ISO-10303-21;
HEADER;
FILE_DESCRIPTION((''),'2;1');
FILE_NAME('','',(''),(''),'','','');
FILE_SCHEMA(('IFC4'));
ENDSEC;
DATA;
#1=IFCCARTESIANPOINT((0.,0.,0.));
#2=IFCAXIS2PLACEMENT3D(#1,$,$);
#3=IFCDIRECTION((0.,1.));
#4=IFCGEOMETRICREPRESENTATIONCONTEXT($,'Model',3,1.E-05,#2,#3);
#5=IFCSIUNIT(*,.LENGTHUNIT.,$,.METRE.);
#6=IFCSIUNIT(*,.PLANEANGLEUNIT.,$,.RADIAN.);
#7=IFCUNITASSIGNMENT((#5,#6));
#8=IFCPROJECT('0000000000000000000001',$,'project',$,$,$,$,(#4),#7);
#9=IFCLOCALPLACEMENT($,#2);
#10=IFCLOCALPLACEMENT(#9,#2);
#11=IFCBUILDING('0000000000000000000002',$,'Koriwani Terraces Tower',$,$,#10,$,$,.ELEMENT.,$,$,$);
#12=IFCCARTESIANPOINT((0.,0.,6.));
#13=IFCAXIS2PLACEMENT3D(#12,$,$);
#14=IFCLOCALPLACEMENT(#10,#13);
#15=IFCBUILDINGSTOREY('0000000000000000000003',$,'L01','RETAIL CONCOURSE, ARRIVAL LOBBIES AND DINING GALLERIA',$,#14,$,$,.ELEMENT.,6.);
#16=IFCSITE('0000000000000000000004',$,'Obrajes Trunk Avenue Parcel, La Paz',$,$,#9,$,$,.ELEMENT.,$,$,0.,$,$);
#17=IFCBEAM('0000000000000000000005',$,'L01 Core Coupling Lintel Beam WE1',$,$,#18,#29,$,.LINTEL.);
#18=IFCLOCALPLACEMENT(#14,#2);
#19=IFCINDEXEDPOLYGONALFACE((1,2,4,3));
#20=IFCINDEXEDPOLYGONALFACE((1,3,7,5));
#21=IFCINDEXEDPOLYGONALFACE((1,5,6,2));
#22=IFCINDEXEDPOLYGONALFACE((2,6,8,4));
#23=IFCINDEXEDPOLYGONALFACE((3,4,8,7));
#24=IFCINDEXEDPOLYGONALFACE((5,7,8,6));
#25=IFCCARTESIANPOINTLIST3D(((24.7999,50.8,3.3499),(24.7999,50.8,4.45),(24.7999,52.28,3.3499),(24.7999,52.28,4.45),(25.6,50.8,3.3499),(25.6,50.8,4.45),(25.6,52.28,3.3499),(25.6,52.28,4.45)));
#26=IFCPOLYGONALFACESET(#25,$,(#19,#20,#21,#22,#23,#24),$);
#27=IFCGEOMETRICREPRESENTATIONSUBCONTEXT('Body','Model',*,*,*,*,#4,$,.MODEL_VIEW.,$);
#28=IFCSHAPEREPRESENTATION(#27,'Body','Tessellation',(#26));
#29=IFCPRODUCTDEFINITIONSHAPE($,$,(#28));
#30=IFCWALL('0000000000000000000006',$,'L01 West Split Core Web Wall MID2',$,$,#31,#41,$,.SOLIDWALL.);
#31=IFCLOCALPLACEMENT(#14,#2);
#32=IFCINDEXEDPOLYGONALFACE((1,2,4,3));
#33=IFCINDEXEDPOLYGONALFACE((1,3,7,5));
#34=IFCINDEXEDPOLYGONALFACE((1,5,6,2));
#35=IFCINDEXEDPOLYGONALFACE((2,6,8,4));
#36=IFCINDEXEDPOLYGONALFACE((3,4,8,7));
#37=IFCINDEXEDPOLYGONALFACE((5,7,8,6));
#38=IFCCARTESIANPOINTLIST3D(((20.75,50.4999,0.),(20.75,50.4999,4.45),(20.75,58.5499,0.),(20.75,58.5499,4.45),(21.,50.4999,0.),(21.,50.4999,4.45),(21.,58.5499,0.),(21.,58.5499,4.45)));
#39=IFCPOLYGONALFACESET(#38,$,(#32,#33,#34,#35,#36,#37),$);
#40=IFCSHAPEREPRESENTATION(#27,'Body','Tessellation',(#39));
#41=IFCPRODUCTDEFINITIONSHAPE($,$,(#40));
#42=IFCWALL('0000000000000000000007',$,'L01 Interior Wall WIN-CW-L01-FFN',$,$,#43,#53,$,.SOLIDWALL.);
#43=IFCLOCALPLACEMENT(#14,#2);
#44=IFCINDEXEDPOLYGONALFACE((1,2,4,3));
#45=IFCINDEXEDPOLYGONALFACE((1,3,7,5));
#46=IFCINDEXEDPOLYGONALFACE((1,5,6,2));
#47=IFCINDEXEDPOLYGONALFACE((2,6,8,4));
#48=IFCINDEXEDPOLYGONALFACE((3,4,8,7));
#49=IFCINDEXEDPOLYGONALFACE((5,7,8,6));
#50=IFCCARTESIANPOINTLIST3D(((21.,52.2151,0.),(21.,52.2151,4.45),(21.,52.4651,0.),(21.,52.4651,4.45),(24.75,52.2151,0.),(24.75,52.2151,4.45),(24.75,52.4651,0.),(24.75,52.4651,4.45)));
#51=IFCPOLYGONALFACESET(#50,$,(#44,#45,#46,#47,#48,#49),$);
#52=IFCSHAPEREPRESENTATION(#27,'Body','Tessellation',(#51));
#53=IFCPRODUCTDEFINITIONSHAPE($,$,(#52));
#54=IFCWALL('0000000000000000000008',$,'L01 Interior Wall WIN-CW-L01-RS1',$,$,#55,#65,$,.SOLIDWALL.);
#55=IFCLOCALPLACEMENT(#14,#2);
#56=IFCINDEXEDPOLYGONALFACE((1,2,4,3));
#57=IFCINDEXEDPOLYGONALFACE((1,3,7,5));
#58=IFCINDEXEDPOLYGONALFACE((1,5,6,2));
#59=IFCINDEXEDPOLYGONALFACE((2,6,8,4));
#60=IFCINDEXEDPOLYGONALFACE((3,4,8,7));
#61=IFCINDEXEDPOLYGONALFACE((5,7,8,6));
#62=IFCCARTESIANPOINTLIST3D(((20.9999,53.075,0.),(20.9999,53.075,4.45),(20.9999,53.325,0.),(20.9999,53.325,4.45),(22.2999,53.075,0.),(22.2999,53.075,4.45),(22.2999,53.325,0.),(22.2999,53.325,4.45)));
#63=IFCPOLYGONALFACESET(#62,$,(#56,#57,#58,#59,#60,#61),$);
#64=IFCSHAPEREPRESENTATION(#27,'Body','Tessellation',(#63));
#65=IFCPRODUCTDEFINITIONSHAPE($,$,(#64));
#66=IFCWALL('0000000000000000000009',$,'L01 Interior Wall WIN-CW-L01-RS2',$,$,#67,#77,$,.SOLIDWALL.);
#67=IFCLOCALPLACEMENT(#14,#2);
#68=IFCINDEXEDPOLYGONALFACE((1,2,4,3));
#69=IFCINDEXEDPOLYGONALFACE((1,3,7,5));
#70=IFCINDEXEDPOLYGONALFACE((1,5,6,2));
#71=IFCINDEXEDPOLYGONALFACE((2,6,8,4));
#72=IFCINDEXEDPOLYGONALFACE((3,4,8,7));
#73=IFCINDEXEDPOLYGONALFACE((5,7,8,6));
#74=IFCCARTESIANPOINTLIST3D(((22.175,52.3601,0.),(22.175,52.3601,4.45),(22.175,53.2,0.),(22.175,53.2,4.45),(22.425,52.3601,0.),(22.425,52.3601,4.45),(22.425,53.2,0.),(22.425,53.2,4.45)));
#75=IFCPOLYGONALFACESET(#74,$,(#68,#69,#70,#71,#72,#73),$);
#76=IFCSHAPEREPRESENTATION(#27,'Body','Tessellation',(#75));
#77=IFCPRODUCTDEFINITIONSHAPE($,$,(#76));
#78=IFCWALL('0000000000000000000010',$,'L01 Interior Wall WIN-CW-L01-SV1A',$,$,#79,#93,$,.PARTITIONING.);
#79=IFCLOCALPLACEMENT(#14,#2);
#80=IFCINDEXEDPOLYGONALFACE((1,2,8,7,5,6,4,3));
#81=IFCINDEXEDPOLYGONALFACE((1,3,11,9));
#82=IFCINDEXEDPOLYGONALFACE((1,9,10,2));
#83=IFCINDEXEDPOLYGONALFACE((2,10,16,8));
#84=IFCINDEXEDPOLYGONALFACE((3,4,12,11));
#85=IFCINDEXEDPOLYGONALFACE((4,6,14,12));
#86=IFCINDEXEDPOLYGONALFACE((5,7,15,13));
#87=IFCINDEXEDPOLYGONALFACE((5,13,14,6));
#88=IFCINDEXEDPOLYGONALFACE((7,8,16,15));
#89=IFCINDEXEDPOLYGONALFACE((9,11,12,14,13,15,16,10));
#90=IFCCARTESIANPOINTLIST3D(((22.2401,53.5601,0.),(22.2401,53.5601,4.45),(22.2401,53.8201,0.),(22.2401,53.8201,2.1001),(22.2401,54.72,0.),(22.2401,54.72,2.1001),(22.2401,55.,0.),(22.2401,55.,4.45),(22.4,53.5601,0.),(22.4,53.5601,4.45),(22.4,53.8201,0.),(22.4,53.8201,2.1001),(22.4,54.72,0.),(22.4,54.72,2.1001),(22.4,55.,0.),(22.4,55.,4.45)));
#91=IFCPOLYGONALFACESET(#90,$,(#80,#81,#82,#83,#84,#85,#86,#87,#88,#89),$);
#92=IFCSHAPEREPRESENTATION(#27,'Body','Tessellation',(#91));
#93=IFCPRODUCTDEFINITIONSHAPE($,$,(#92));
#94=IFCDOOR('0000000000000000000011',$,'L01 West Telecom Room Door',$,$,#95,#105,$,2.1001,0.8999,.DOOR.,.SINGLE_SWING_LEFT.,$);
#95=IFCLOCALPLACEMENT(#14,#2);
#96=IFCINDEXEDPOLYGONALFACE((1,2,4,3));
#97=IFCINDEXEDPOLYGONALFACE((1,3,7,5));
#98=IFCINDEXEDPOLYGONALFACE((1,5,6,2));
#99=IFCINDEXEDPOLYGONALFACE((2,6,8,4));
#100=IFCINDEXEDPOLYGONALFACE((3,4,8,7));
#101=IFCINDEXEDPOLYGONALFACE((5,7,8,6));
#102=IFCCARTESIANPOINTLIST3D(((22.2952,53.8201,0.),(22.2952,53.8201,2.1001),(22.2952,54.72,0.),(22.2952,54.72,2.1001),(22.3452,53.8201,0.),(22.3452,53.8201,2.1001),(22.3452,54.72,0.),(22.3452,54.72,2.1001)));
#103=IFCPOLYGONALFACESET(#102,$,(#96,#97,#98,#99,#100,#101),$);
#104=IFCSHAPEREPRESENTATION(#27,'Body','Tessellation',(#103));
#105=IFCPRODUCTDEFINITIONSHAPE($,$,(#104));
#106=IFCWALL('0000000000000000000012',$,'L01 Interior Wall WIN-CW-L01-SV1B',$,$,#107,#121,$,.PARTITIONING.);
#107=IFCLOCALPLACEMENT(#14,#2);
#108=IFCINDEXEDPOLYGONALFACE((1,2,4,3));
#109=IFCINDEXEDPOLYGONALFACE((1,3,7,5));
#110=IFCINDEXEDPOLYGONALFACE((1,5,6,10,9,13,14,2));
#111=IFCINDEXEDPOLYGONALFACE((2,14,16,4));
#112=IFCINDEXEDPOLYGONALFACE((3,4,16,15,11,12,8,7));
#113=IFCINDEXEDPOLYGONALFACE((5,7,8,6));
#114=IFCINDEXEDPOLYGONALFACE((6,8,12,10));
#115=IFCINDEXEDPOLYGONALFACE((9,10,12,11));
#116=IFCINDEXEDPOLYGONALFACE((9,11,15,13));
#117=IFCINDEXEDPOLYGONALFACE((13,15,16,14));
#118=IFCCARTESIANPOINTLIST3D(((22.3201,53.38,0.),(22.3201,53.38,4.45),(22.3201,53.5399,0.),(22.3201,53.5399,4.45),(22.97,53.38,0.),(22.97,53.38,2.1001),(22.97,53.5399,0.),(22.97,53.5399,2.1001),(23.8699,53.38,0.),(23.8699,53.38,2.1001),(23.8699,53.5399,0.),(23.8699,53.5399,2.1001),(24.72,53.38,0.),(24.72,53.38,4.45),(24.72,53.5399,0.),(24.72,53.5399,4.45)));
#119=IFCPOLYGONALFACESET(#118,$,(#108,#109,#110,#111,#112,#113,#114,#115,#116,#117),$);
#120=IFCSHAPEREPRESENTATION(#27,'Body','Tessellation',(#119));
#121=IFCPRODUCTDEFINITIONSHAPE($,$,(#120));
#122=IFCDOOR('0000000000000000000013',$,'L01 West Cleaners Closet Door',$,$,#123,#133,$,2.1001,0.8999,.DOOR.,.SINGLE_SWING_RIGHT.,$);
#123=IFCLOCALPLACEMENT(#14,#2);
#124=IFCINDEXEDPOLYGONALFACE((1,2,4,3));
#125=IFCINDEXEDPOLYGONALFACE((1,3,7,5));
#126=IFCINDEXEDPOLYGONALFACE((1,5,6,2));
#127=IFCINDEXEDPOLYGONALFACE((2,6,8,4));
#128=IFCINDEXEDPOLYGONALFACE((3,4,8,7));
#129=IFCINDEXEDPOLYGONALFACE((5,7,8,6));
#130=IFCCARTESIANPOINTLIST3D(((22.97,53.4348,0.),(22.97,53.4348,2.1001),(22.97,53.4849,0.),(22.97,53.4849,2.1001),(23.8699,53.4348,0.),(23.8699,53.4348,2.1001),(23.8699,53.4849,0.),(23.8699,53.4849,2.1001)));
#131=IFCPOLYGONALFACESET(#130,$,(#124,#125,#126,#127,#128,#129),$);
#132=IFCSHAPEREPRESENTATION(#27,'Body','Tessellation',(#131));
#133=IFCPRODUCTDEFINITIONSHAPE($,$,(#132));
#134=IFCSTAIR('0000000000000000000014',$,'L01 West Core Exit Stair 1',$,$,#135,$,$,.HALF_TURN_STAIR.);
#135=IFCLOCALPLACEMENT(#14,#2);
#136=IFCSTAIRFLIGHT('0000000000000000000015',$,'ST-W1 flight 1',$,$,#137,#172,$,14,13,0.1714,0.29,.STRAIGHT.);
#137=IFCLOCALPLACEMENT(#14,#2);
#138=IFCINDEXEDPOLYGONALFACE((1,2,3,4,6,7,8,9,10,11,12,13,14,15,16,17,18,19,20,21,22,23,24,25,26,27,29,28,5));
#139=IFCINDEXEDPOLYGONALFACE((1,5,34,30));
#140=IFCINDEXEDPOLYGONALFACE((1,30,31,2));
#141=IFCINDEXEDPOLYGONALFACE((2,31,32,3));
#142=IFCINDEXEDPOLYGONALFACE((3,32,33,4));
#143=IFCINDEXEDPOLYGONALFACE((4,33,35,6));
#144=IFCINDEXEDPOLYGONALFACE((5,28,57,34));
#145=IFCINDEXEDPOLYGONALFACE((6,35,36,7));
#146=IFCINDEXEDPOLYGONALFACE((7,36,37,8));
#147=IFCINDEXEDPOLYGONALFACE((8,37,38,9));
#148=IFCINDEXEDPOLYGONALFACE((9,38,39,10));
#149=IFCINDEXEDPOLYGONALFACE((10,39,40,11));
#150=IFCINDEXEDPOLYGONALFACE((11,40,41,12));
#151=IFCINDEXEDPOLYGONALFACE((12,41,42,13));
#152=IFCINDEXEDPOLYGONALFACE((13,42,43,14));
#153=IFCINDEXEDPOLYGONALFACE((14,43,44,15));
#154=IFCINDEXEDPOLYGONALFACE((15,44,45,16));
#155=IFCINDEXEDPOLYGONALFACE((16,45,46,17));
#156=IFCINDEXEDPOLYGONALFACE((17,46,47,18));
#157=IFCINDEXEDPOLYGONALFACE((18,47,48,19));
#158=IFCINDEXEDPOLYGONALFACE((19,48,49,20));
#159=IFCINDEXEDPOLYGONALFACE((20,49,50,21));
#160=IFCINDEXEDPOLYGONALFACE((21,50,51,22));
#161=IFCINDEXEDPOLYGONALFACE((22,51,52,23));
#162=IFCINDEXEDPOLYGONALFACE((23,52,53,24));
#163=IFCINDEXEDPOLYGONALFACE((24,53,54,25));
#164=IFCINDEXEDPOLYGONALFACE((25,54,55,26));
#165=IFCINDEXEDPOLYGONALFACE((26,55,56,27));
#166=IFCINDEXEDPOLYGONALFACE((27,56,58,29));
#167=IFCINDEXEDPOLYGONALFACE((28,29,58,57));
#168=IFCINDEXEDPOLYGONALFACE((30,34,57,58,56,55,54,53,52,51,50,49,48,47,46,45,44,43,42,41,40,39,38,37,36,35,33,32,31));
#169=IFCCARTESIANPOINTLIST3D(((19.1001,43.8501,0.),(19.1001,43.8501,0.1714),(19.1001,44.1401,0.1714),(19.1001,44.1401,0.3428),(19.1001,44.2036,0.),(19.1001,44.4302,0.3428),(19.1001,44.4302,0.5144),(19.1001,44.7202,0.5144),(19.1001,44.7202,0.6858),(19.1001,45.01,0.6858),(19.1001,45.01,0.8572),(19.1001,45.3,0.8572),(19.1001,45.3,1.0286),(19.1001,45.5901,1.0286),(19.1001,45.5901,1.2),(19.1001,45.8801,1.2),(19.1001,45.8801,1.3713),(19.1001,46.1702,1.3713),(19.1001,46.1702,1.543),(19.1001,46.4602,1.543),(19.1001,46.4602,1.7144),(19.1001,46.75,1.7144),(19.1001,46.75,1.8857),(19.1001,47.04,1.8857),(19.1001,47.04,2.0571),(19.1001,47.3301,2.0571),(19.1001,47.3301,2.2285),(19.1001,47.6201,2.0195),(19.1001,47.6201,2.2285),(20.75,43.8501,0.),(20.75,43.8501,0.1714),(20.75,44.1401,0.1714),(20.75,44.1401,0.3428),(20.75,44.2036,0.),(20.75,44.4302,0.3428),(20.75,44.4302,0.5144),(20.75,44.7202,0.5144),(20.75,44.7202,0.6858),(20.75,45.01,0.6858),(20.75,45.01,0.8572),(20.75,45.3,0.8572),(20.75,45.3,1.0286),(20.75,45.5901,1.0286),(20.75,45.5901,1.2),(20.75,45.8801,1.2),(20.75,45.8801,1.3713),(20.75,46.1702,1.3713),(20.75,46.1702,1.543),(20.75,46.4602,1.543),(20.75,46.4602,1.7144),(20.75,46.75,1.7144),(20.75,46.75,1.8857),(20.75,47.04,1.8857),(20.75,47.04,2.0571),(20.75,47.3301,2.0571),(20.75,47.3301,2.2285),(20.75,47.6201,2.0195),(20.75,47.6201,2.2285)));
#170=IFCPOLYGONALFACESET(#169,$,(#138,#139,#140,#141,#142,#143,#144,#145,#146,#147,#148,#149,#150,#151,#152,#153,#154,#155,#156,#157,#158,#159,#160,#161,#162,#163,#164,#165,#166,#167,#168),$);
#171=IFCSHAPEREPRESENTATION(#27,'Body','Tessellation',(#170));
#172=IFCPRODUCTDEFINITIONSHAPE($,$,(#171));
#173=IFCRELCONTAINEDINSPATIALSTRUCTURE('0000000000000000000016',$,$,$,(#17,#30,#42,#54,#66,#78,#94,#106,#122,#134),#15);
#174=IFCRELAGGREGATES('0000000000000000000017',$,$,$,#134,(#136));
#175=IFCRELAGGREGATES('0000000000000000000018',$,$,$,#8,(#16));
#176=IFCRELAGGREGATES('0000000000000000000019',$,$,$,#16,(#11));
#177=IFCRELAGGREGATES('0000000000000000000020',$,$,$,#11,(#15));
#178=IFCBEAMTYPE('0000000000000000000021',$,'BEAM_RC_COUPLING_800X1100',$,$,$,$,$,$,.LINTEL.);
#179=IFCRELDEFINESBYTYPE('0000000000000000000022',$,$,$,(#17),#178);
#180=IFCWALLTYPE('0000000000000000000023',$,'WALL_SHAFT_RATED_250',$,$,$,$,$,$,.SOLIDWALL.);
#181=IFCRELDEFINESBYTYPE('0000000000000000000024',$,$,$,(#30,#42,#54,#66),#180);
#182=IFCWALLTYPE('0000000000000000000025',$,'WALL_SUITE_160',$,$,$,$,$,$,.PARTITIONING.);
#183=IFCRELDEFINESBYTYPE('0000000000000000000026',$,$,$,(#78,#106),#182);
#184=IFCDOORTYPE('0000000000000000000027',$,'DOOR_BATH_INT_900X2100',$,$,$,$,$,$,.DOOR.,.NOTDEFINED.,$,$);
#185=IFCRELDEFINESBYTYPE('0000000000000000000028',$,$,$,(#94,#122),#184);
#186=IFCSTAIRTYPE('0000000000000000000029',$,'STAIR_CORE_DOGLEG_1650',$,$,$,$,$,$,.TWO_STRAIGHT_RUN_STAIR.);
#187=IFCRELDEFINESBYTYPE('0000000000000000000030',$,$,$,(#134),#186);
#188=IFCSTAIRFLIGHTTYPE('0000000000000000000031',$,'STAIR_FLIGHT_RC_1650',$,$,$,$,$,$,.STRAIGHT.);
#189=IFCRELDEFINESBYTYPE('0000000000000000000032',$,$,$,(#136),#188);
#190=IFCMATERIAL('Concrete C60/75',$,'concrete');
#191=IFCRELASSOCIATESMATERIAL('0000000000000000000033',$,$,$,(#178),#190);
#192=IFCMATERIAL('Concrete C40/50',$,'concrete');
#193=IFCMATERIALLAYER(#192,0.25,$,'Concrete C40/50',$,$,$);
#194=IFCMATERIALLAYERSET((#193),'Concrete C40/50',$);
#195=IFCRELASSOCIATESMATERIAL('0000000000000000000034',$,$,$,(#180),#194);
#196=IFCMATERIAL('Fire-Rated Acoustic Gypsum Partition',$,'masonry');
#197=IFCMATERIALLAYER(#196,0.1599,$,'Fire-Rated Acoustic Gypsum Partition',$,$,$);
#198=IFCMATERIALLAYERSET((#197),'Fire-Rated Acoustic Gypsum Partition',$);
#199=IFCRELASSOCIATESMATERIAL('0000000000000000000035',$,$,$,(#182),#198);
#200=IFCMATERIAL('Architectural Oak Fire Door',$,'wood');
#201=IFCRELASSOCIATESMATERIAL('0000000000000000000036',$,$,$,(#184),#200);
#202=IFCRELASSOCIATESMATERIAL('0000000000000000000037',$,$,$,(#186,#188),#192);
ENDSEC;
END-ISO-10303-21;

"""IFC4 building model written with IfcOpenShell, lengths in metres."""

from ifc_helpers import new_model, si_unit, direction, frame, frame_2d, origin, origin_2d, place, context, subcontext, project, spatial, polyline, rectangle, outline, extrude, material, layer, layer_set, material_profile, profile_set, type_object, element, fill, aggregate, save


model = new_model("IFC4")

# Units and contexts
model_context = context("Model", 3, precision=1e-05, world=origin(), true_north=direction((0.0, 1.0)))
body_context = subcontext(model_context, "Body", "Model", "MODEL_VIEW")
ifc_project = project(units=[si_unit("LENGTHUNIT", "METRE"), si_unit("PLANEANGLEUNIT", "RADIAN")], contexts=[model_context])

# Site, building, storey
site_placement = place(None, origin())
site = spatial("IfcSite", under=ifc_project, at=site_placement, Name="Obrajes Trunk Avenue Parcel, La Paz", CompositionType="ELEMENT", RefElevation=0.0)
building_placement = place(site_placement, origin())
building = spatial("IfcBuilding", under=site, at=building_placement, Name="Koriwani Terraces Tower", CompositionType="ELEMENT")
storey_placement = place(building_placement, frame((0.0, 0.0, 6.0)))
storey = spatial("IfcBuildingStorey", under=building, at=storey_placement, Name="L01", Description="RETAIL CONCOURSE, ARRIVAL LOBBIES AND DINING GALLERIA", CompositionType="ELEMENT", Elevation=6.0)

# Beam
ifc_material_1 = material(Name="Concrete C60/75", Category="concrete")
ifc_material_profile = material_profile(ifc_material_1, rectangle(XDim=0.8, YDim=1.1001, at=origin_2d()), Name="Concrete C60/75", Category="LoadBearing")
ifc_profile_set = profile_set([ifc_material_profile], Name="Concrete C60/75")
beam_type = type_object("IfcBeamType", Name="BEAM_RC_COUPLING_800X1100", PredefinedType="LINTEL", material=ifc_profile_set)
beam_placement = place(storey_placement, frame((25.2, 50.8, 3.8999), z_axis=(0.0, 1.0, 0.0), x_axis=(-1.0, 0.0, 0.0)))
element("IfcBeam", 1, at=beam_placement, inside=storey, type_object=beam_type, Name="L01 Core Coupling Lintel Beam WE1", PredefinedType="LINTEL", context=body_context, shape_type="SweptSolid", body=[
    extrude(rectangle(XDim=0.8, YDim=1.1001, at=origin_2d()), origin(), (0.0, 0.0, 1.0), 1.48),
])

# Wall
ifc_material_2 = material(Name="Concrete C40/50", Category="concrete")
ifc_layer_1 = layer(ifc_material_2, 0.25, Name="Concrete C40/50")
ifc_layer_set_1 = layer_set([ifc_layer_1], Name="Concrete C40/50")
wall_type_1 = type_object("IfcWallType", Name="WALL_SHAFT_RATED_250", PredefinedType="SOLIDWALL", material=ifc_layer_set_1)
wall_1_placement = place(storey_placement, frame((20.875, 50.5, 0.0), z_axis=(0.0, 0.0, 1.0), x_axis=(0.0, 1.0, 0.0)))
element("IfcWall", 2, at=wall_1_placement, inside=storey, type_object=wall_type_1, Name="L01 West Split Core Web Wall MID2", PredefinedType="SOLIDWALL", context=body_context, shape_type="SweptSolid", body=[
    extrude(rectangle(XDim=8.05, YDim=0.25, at=frame_2d((4.0249, 0.0))), origin(), (0.0, 0.0, 1.0), 4.45),
])

# Wall
wall_2_placement = place(storey_placement, frame((21.0, 52.3401, 0.0), z_axis=(0.0, 0.0, 1.0), x_axis=(1.0, 0.0, 0.0)))
element("IfcWall", 3, at=wall_2_placement, inside=storey, type_object=wall_type_1, Name="L01 Interior Wall WIN-CW-L01-FFN", PredefinedType="SOLIDWALL", context=body_context, shape_type="SweptSolid", body=[
    extrude(rectangle(XDim=3.75, YDim=0.25, at=frame_2d((1.875, 0.0))), origin(), (0.0, 0.0, 1.0), 4.45),
])

# Walls
wall_3_placement = place(storey_placement, frame((21.0, 53.2, 0.0), z_axis=(0.0, 0.0, 1.0), x_axis=(1.0, 0.0, 0.0)))
element("IfcWall", 4, at=wall_3_placement, inside=storey, type_object=wall_type_1, Name="L01 Interior Wall WIN-CW-L01-RS1", PredefinedType="SOLIDWALL", context=body_context, shape_type="SweptSolid", body=[
    extrude(rectangle(XDim=1.3, YDim=0.25, at=frame_2d((0.6499, 0.0))), origin(), (0.0, 0.0, 1.0), 4.45),
])
wall_4_placement = place(storey_placement, frame((22.3, 52.3601, 0.0), z_axis=(0.0, 0.0, 1.0), x_axis=(0.0, 1.0, 0.0)))
element("IfcWall", 5, at=wall_4_placement, inside=storey, type_object=wall_type_1, Name="L01 Interior Wall WIN-CW-L01-RS2", PredefinedType="SOLIDWALL", context=body_context, shape_type="SweptSolid", body=[
    extrude(rectangle(XDim=0.8398, YDim=0.25, at=frame_2d((0.4199, 0.0))), origin(), (0.0, 0.0, 1.0), 4.45),
])

# Walls, openings, doors
ifc_material_3 = material(Name="Fire-Rated Acoustic Gypsum Partition", Category="masonry")
ifc_layer_2 = layer(ifc_material_3, 0.1599, Name="Fire-Rated Acoustic Gypsum Partition")
ifc_layer_set_2 = layer_set([ifc_layer_2], Name="Fire-Rated Acoustic Gypsum Partition")
wall_type_2 = type_object("IfcWallType", Name="WALL_SUITE_160", PredefinedType="PARTITIONING", material=ifc_layer_set_2)
wall_5_placement = place(storey_placement, frame((22.3201, 53.5601, 0.0), z_axis=(0.0, 0.0, 1.0), x_axis=(0.0, 1.0, 0.0)))
wall_5 = element("IfcWall", 6, at=wall_5_placement, inside=storey, type_object=wall_type_2, Name="L01 Interior Wall WIN-CW-L01-SV1A", PredefinedType="PARTITIONING", context=body_context, shape_type="SweptSolid", body=[
    extrude(rectangle(XDim=1.4399, YDim=0.1599, at=frame_2d((0.72, 0.0))), origin(), (0.0, 0.0, 1.0), 4.45),
])
opening_1_placement = place(wall_5_placement, frame((0.26, 0.0, 0.0)))
opening_1 = element("IfcOpeningElement", 7, at=opening_1_placement, cuts=wall_5, PredefinedType="OPENING", context=body_context, shape_type="SweptSolid", body=[
    extrude(rectangle(XDim=0.8999, YDim=2.1001, at=frame_2d((0.45, 1.05))), frame((0.0, 0.0898, 0.0), z_axis=(0.0, -1.0, 0.0), x_axis=(1.0, 0.0, 0.0)), (0.0, 0.0, 1.0), 0.1799),
])
ifc_material_4 = material(Name="Architectural Oak Fire Door", Category="wood")
door_type_1 = type_object("IfcDoorType", Name="DOOR_BATH_INT_900X2100", OperationType="NOTDEFINED", PredefinedType="DOOR", material=ifc_material_4)
door_1_placement = place(opening_1_placement, origin())
door_1 = element("IfcDoor", 8, at=door_1_placement, inside=storey, type_object=door_type_1, Name="L01 West Telecom Room Door", OperationType="SINGLE_SWING_LEFT", OverallHeight=2.1001, OverallWidth=0.8999, PredefinedType="DOOR", context=body_context, shape_type="SweptSolid", body=[
    extrude(rectangle(XDim=0.8999, YDim=2.1001, at=frame_2d((0.45, 1.05))), frame((0.0, 0.0249, 0.0), z_axis=(0.0, -1.0, 0.0), x_axis=(1.0, 0.0, 0.0)), (0.0, 0.0, 1.0), 0.05),
])
fill(opening_1, door_1)
wall_6_placement = place(storey_placement, frame((22.3201, 53.46, 0.0), z_axis=(0.0, 0.0, 1.0), x_axis=(1.0, 0.0, 0.0)))
wall_6 = element("IfcWall", 9, at=wall_6_placement, inside=storey, type_object=wall_type_2, Name="L01 Interior Wall WIN-CW-L01-SV1B", PredefinedType="PARTITIONING", context=body_context, shape_type="SweptSolid", body=[
    extrude(rectangle(XDim=2.3999, YDim=0.1599, at=frame_2d((1.2, 0.0))), origin(), (0.0, 0.0, 1.0), 4.45),
])
opening_2_placement = place(wall_6_placement, frame((0.6499, 0.0, 0.0)))
opening_2 = element("IfcOpeningElement", 10, at=opening_2_placement, cuts=wall_6, PredefinedType="OPENING", context=body_context, shape_type="SweptSolid", body=[
    extrude(rectangle(XDim=0.8999, YDim=2.1001, at=frame_2d((0.45, 1.05))), frame((0.0, 0.0898, 0.0), z_axis=(0.0, -1.0, 0.0), x_axis=(1.0, 0.0, 0.0)), (0.0, 0.0, 1.0), 0.1799),
])
door_2_placement = place(opening_2_placement, origin())
door_2 = element("IfcDoor", 11, at=door_2_placement, inside=storey, type_object=door_type_1, Name="L01 West Cleaners Closet Door", OperationType="SINGLE_SWING_RIGHT", OverallHeight=2.1001, OverallWidth=0.8999, PredefinedType="DOOR", context=body_context, shape_type="SweptSolid", body=[
    extrude(rectangle(XDim=0.8999, YDim=2.1001, at=frame_2d((0.45, 1.05))), frame((0.0, 0.0249, 0.0), z_axis=(0.0, -1.0, 0.0), x_axis=(1.0, 0.0, 0.0)), (0.0, 0.0, 1.0), 0.05),
])
fill(opening_2, door_2)

# Stair, stair flight
stair_type = type_object("IfcStairType", Name="STAIR_CORE_DOGLEG_1650", PredefinedType="TWO_STRAIGHT_RUN_STAIR", material=ifc_material_2)
stair_1_placement = place(storey_placement, origin())
stair_1 = element("IfcStair", 12, at=stair_1_placement, inside=storey, type_object=stair_type, Name="L01 West Core Exit Stair 1", PredefinedType="HALF_TURN_STAIR")
stair_flight_type = type_object("IfcStairFlightType", Name="STAIR_FLIGHT_RC_1650", PredefinedType="STRAIGHT", material=ifc_material_2)
stair_flight_1_placement = place(storey_placement, frame((19.925, 43.8501, 0.0), z_axis=(0.0, 0.0, 1.0), x_axis=(0.0, 1.0, 0.0)))
stair_flight_1 = element("IfcStairFlight", 13, at=stair_flight_1_placement, type_object=stair_flight_type, Name="ST-W1 flight 1", NumberOfRisers=14, NumberOfTreads=13, PredefinedType="STRAIGHT", RiserHeight=0.1714, TreadLength=0.29, context=body_context, shape_type="SweptSolid", body=[
    extrude(outline(polyline([(0.0, 0.0), (0.0, 0.1714), (0.29, 0.1714), (0.29, 0.3428), (0.5801, 0.3428), (0.5801, 0.5144), (0.8701, 0.5144), (0.8701, 0.6858), (1.1599, 0.6858), (1.1599, 0.8572), (1.45, 0.8572), (1.45, 1.0286), (1.74, 1.0286), (1.74, 1.2), (2.03, 1.2), (2.03, 1.3713), (2.3201, 1.3713), (2.3201, 1.543), (2.6101, 1.543), (2.6101, 1.7144), (2.8999, 1.7144), (2.8999, 1.8857), (3.1899, 1.8857), (3.1899, 2.0571), (3.48, 2.0571), (3.48, 2.2285), (3.77, 2.2285), (3.77, 2.3999), (3.77, 2.0195), (0.3535, 0.0), (0.0, 0.0)])), frame((0.0, 0.825, 0.0), z_axis=(0.0, -1.0, 0.0), x_axis=(1.0, 0.0, 0.0)), (0.0, 0.0, 1.0), 1.6499),
])
aggregate(stair_1, [stair_flight_1])

save(model, "model.ifc")
